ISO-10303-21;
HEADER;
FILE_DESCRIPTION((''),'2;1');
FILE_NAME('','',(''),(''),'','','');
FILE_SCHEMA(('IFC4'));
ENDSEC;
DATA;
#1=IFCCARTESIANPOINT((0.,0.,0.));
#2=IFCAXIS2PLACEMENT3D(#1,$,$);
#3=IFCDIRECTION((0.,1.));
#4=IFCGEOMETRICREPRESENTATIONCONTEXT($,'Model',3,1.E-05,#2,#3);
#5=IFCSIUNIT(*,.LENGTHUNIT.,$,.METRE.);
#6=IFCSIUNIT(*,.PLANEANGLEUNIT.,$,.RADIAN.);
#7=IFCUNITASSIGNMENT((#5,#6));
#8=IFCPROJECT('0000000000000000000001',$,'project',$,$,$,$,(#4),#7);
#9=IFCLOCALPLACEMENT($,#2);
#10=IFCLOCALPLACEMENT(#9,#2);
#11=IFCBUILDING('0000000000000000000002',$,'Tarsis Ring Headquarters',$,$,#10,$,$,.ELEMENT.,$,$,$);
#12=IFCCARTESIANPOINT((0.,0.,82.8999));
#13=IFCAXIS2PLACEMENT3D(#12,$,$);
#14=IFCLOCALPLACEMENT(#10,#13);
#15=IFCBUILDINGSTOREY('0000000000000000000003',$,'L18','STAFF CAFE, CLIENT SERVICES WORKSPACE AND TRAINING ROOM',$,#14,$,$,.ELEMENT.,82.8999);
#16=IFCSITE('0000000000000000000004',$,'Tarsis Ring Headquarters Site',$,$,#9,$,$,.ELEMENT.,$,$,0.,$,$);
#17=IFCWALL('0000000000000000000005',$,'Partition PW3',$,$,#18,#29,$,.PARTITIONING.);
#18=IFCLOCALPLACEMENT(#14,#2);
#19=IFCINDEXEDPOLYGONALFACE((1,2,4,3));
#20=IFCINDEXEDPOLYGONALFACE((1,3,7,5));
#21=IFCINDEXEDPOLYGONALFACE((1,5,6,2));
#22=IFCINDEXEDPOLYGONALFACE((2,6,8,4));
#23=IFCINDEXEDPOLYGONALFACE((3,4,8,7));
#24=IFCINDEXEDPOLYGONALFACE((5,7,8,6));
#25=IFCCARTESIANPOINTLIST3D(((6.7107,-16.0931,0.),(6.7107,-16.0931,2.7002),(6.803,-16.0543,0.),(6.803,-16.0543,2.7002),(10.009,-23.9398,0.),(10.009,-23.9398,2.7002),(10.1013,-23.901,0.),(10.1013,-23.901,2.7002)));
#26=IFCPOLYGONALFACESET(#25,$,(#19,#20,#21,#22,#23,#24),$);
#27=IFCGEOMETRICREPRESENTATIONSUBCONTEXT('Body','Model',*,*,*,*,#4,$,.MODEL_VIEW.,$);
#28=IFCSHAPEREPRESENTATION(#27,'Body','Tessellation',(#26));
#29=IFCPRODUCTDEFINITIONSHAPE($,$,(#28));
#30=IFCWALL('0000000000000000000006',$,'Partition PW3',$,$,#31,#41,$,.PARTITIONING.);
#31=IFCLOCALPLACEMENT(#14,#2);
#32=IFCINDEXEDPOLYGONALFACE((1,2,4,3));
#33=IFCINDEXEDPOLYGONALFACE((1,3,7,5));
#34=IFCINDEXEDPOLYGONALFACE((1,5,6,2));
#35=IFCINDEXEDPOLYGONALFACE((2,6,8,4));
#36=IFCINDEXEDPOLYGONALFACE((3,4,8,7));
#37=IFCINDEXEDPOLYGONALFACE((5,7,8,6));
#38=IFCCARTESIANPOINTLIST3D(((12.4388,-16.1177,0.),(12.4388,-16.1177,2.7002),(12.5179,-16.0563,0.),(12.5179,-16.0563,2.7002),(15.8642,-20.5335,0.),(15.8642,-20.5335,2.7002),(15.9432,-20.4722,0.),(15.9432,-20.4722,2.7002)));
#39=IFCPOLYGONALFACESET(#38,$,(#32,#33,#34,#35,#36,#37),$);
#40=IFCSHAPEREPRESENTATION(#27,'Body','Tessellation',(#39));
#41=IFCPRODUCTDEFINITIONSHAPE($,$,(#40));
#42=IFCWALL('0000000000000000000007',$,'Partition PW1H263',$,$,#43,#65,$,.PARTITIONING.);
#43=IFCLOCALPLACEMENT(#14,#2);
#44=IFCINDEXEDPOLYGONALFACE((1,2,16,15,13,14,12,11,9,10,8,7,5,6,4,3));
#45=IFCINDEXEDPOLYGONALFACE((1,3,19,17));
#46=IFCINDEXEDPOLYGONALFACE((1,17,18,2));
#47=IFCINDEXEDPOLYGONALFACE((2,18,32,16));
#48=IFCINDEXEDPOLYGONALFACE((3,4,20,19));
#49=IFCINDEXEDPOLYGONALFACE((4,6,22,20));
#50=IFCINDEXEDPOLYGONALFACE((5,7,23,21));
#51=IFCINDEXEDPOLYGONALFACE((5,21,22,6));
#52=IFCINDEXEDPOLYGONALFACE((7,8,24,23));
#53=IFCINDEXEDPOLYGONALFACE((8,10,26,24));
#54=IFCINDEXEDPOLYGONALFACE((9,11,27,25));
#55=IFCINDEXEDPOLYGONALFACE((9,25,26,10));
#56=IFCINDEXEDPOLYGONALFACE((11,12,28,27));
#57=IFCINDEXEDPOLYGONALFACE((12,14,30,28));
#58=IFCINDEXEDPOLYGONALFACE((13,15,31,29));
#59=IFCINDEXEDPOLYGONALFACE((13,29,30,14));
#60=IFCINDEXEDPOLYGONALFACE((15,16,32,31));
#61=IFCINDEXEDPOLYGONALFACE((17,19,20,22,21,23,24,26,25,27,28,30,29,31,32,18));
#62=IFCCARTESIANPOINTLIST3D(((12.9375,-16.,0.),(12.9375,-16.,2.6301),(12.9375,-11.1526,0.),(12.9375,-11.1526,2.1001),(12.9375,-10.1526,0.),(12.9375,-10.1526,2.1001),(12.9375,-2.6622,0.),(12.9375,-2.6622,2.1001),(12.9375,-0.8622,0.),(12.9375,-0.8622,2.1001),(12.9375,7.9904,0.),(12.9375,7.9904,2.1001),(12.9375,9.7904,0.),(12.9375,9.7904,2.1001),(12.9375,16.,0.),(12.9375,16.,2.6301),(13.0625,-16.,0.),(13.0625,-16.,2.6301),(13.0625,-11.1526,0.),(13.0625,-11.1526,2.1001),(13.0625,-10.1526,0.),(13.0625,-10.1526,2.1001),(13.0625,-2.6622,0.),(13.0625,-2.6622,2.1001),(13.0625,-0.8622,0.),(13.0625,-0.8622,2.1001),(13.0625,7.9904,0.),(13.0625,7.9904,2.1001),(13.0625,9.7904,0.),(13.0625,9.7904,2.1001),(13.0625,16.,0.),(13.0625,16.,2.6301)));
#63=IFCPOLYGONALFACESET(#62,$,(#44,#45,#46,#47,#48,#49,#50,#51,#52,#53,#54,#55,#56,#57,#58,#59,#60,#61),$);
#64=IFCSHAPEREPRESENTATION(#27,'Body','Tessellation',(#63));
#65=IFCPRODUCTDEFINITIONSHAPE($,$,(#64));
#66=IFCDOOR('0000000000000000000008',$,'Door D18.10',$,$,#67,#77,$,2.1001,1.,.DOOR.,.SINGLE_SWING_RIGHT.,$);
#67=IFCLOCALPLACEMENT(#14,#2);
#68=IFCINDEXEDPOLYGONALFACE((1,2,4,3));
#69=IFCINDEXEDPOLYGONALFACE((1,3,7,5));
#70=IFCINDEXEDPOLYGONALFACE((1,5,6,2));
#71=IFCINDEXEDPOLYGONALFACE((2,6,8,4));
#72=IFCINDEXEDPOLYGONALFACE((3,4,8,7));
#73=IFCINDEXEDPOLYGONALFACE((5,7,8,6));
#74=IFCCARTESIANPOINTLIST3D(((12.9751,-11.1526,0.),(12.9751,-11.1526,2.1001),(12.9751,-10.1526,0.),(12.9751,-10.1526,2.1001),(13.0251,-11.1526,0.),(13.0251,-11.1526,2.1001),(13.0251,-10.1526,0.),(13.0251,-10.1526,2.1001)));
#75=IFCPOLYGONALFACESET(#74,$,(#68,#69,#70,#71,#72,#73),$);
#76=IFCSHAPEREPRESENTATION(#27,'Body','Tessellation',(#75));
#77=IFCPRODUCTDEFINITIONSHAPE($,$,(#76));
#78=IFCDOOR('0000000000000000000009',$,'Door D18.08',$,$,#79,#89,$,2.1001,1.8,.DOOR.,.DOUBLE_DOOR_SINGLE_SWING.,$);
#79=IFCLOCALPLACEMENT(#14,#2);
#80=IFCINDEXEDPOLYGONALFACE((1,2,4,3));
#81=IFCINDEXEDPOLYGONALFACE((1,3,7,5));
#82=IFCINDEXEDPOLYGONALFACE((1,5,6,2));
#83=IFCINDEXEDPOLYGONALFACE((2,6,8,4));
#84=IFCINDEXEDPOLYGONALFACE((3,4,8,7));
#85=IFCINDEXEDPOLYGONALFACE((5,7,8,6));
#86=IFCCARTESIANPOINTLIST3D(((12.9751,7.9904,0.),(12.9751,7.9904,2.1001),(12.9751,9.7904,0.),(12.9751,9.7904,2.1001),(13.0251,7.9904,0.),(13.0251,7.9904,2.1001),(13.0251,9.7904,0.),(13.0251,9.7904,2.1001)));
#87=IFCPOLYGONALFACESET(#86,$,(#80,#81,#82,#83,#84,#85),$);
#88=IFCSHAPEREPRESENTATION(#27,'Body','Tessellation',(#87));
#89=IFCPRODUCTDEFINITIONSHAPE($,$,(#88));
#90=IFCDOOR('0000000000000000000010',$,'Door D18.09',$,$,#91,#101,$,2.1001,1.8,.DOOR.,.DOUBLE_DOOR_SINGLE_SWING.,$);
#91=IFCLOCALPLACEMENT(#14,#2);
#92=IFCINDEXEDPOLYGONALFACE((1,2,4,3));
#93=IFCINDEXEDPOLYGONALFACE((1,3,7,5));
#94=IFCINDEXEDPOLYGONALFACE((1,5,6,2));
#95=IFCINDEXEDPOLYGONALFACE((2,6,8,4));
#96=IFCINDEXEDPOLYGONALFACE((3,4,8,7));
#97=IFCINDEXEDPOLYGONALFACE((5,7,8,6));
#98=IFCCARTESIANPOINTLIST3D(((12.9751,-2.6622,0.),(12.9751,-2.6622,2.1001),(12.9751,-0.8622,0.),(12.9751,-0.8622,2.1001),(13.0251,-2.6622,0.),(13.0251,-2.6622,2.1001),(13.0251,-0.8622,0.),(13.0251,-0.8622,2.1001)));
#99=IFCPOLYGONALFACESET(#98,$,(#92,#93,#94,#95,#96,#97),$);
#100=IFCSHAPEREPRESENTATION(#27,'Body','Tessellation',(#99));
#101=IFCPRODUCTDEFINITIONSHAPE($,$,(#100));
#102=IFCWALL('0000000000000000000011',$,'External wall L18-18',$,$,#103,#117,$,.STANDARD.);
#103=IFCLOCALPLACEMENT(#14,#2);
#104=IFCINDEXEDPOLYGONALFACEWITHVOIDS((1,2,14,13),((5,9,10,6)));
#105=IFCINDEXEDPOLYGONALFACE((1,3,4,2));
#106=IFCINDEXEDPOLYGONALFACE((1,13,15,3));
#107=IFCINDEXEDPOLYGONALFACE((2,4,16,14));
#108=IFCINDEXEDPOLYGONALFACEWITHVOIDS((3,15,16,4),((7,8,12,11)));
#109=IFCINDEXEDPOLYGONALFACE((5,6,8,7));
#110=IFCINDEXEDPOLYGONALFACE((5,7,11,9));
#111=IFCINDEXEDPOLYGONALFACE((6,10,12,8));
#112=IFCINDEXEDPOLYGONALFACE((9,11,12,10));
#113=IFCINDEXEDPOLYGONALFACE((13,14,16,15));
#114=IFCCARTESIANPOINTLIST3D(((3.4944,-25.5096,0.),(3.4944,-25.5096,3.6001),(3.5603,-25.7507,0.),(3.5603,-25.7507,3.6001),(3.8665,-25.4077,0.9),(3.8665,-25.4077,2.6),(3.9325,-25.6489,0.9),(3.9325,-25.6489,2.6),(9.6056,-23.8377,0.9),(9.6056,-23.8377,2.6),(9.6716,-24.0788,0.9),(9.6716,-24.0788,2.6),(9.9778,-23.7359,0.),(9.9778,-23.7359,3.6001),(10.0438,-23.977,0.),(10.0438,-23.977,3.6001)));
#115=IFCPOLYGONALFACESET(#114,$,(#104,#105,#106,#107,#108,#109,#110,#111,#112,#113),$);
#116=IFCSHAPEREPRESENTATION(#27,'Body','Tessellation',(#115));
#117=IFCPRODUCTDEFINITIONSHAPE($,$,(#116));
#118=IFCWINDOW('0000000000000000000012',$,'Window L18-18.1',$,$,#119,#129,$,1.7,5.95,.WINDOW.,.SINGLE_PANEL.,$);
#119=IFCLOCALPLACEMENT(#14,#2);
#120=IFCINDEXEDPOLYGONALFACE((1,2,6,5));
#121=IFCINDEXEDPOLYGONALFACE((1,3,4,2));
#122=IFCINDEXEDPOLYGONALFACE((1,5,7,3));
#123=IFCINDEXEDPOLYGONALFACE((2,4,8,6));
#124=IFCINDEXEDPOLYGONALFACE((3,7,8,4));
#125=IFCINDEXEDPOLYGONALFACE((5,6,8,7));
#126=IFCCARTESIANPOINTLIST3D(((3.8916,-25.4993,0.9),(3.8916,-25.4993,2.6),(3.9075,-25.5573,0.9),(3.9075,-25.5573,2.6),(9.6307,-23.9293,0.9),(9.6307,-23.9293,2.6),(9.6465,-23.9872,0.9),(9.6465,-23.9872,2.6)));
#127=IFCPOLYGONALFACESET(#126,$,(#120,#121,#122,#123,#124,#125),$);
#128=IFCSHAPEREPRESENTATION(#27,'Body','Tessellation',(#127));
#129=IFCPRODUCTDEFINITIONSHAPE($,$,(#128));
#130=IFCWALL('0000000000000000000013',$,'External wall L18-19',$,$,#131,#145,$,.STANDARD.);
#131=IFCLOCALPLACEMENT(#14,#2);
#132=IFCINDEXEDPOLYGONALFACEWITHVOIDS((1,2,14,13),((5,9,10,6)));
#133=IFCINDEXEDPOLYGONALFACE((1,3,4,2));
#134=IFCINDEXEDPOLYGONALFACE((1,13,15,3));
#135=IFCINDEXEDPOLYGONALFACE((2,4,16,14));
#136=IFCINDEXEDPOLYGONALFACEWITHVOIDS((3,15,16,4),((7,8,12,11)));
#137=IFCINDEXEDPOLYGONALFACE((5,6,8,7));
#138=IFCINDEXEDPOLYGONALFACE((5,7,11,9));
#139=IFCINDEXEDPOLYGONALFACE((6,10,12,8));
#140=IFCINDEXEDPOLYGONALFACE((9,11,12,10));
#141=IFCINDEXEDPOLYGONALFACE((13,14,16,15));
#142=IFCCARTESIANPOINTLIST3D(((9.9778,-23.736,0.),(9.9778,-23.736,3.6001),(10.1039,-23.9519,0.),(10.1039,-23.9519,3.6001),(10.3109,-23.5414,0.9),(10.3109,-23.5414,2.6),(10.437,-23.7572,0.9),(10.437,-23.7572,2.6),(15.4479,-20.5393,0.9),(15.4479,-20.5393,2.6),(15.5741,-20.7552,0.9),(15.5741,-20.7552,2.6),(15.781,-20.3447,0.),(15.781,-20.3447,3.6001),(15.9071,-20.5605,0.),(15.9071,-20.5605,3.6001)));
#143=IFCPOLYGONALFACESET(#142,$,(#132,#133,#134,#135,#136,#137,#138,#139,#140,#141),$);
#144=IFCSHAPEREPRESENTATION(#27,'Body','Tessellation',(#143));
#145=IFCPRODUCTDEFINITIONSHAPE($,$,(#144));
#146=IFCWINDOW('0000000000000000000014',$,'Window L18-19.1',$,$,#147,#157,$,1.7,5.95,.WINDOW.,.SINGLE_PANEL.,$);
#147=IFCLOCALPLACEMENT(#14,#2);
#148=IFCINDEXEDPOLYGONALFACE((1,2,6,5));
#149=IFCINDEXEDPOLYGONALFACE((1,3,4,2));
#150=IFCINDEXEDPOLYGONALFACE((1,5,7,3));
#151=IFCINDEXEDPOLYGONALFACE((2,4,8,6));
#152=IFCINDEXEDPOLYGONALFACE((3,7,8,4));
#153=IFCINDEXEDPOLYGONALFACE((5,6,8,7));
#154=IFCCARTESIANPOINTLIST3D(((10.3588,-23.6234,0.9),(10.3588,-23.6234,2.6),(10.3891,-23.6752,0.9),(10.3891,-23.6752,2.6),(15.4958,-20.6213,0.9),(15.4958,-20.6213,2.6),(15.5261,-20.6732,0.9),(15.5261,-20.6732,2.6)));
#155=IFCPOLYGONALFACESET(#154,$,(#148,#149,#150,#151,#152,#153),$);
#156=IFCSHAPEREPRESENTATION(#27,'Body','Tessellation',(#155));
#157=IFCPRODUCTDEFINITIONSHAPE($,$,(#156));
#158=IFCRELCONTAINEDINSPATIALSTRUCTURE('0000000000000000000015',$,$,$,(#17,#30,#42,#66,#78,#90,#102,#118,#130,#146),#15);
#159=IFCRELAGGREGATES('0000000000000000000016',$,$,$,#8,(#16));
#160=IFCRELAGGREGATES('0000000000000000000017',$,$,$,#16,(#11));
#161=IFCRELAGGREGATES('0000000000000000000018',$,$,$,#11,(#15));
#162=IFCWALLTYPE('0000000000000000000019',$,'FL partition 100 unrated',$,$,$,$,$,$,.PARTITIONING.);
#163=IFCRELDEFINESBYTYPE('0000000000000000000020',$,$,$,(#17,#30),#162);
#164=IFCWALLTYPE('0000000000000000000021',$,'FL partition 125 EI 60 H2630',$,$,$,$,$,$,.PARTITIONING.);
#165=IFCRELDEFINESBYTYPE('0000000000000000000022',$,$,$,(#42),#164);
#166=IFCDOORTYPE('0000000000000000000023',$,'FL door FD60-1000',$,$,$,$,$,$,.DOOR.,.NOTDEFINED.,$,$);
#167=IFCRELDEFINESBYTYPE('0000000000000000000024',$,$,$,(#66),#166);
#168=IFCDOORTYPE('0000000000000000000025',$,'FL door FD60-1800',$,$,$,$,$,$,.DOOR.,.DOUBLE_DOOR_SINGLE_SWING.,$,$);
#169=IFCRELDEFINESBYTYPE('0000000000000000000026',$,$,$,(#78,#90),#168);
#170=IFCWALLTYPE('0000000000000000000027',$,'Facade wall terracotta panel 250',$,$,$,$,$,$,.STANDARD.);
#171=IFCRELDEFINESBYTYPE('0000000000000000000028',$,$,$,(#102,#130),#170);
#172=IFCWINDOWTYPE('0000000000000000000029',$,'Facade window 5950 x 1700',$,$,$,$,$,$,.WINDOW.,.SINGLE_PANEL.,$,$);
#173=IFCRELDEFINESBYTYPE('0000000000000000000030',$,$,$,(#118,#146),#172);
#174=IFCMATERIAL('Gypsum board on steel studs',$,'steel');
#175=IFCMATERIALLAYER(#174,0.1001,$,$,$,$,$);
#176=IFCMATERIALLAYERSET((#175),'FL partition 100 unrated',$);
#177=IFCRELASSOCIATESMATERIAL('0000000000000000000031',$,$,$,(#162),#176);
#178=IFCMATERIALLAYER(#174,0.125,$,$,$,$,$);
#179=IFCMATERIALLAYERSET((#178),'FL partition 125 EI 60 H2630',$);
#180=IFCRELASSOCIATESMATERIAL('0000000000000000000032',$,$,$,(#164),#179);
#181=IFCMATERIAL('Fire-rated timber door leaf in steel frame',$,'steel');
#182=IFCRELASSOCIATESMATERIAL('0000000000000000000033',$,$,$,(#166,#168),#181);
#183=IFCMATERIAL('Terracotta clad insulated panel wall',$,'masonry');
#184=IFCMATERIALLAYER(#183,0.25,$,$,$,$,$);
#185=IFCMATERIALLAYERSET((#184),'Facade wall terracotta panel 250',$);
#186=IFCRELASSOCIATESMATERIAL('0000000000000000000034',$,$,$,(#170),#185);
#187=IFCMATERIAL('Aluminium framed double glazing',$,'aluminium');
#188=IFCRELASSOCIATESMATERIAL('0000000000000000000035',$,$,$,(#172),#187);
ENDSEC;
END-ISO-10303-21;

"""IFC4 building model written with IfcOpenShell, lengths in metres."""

from ifc_helpers import new_model, si_unit, direction, frame, frame_2d, origin, place, context, subcontext, project, spatial, rectangle, extrude, material, layer, layer_set, type_object, element, fill, save


model = new_model("IFC4")

# Units and contexts
model_context = context("Model", 3, precision=1e-05, world=origin(), true_north=direction((0.0, 1.0)))
body_context = subcontext(model_context, "Body", "Model", "MODEL_VIEW")
ifc_project = project(units=[si_unit("LENGTHUNIT", "METRE"), si_unit("PLANEANGLEUNIT", "RADIAN")], contexts=[model_context])

# Site, building, storey
site_placement = place(None, origin())
site = spatial("IfcSite", under=ifc_project, at=site_placement, Name="Tarsis Ring Headquarters Site", CompositionType="ELEMENT", RefElevation=0.0)
building_placement = place(site_placement, origin())
building = spatial("IfcBuilding", under=site, at=building_placement, Name="Tarsis Ring Headquarters", CompositionType="ELEMENT")
storey_placement = place(building_placement, frame((0.0, 0.0, 82.8999)))
storey = spatial("IfcBuildingStorey", under=building, at=storey_placement, Name="L18", Description="STAFF CAFE, CLIENT SERVICES WORKSPACE AND TRAINING ROOM", CompositionType="ELEMENT", Elevation=82.8999)

# Walls
ifc_material_1 = material(Name="Gypsum board on steel studs", Category="steel")
ifc_layer_1 = layer(ifc_material_1, 0.1001)
ifc_layer_set_1 = layer_set([ifc_layer_1], Name="FL partition 100 unrated")
wall_type_1 = type_object("IfcWallType", Name="FL partition 100 unrated", PredefinedType="PARTITIONING", material=ifc_layer_set_1)
wall_1_placement = place(storey_placement, frame((6.7568, -16.0737, 0.0), z_axis=(0.0, 0.0, 1.0), x_axis=(0.387506, -0.921867, 0.0)))
element("IfcWall", 1, at=wall_1_placement, inside=storey, type_object=wall_type_1, Name="Partition PW3", PredefinedType="PARTITIONING", context=body_context, shape_type="SweptSolid", body=[
    extrude(rectangle(XDim=8.5117, YDim=0.1001, at=frame_2d((4.2559, 0.0))), origin(), (0.0, 0.0, 1.0), 2.7002),
])
wall_2_placement = place(storey_placement, frame((12.4783, -16.0869, 0.0), z_axis=(0.0, 0.0, 1.0), x_axis=(0.612915, -0.790149, 0.0)))
element("IfcWall", 2, at=wall_2_placement, inside=storey, type_object=wall_type_1, Name="Partition PW3", PredefinedType="PARTITIONING", context=body_context, shape_type="SweptSolid", body=[
    extrude(rectangle(XDim=5.5886, YDim=0.1001, at=frame_2d((2.7944, 0.0))), origin(), (0.0, 0.0, 1.0), 2.7002),
])

# Wall, openings, doors
ifc_layer_2 = layer(ifc_material_1, 0.125)
ifc_layer_set_2 = layer_set([ifc_layer_2], Name="FL partition 125 EI 60 H2630")
wall_type_2 = type_object("IfcWallType", Name="FL partition 125 EI 60 H2630", PredefinedType="PARTITIONING", material=ifc_layer_set_2)
wall_3_placement = place(storey_placement, frame((13.0, -16.0, 0.0), z_axis=(0.0, 0.0, 1.0), x_axis=(0.0, 1.0, 0.0)))
wall_3 = element("IfcWall", 3, at=wall_3_placement, inside=storey, type_object=wall_type_2, Name="Partition PW1H263", PredefinedType="PARTITIONING", context=body_context, shape_type="SweptSolid", body=[
    extrude(rectangle(XDim=32.0, YDim=0.125, at=frame_2d((16.0, 0.0))), origin(), (0.0, 0.0, 1.0), 2.6301),
])
opening_1_placement = place(wall_3_placement, frame((23.9905, 0.0, 0.0)))
opening_1 = element("IfcOpeningElement", 4, at=opening_1_placement, cuts=wall_3, PredefinedType="OPENING", context=body_context, shape_type="SweptSolid", body=[
    extrude(rectangle(XDim=1.8, YDim=2.1001, at=frame_2d((0.8999, 1.05))), frame((0.0, 0.0725, 0.0), z_axis=(0.0, -1.0, 0.0), x_axis=(1.0, 0.0, 0.0)), (0.0, 0.0, 1.0), 0.145),
])
opening_2_placement = place(wall_3_placement, frame((13.3379, 0.0, 0.0)))
opening_2 = element("IfcOpeningElement", 5, at=opening_2_placement, cuts=wall_3, PredefinedType="OPENING", context=body_context, shape_type="SweptSolid", body=[
    extrude(rectangle(XDim=1.8, YDim=2.1001, at=frame_2d((0.8999, 1.05))), frame((0.0, 0.0725, 0.0), z_axis=(0.0, -1.0, 0.0), x_axis=(1.0, 0.0, 0.0)), (0.0, 0.0, 1.0), 0.145),
])
opening_3_placement = place(wall_3_placement, frame((4.8474, 0.0, 0.0)))
opening_3 = element("IfcOpeningElement", 6, at=opening_3_placement, cuts=wall_3, PredefinedType="OPENING", context=body_context, shape_type="SweptSolid", body=[
    extrude(rectangle(XDim=1.0, YDim=2.1001, at=frame_2d((0.5, 1.05))), frame((0.0, 0.0725, 0.0), z_axis=(0.0, -1.0, 0.0), x_axis=(1.0, 0.0, 0.0)), (0.0, 0.0, 1.0), 0.145),
])
ifc_material_2 = material(Name="Fire-rated timber door leaf in steel frame", Category="steel")
door_type_1 = type_object("IfcDoorType", Name="FL door FD60-1000", OperationType="NOTDEFINED", PredefinedType="DOOR", material=ifc_material_2)
door_1_placement = place(opening_3_placement, origin())
door_1 = element("IfcDoor", 7, at=door_1_placement, inside=storey, type_object=door_type_1, Name="Door D18.10", OperationType="SINGLE_SWING_RIGHT", OverallHeight=2.1001, OverallWidth=1.0, PredefinedType="DOOR", context=body_context, shape_type="SweptSolid", body=[
    extrude(rectangle(XDim=1.0, YDim=2.1001, at=frame_2d((0.5, 1.05))), frame((0.0, 0.0249, 0.0), z_axis=(0.0, -1.0, 0.0), x_axis=(1.0, 0.0, 0.0)), (0.0, 0.0, 1.0), 0.05),
])
fill(opening_3, door_1)
door_type_2 = type_object("IfcDoorType", Name="FL door FD60-1800", OperationType="DOUBLE_DOOR_SINGLE_SWING", PredefinedType="DOOR", material=ifc_material_2)
door_2_placement = place(opening_1_placement, origin())
door_2 = element("IfcDoor", 8, at=door_2_placement, inside=storey, type_object=door_type_2, Name="Door D18.08", OperationType="DOUBLE_DOOR_SINGLE_SWING", OverallHeight=2.1001, OverallWidth=1.8, PredefinedType="DOOR", context=body_context, shape_type="SweptSolid", body=[
    extrude(rectangle(XDim=1.8, YDim=2.1001, at=frame_2d((0.8999, 1.05))), frame((0.0, 0.0249, 0.0), z_axis=(0.0, -1.0, 0.0), x_axis=(1.0, 0.0, 0.0)), (0.0, 0.0, 1.0), 0.05),
])
fill(opening_1, door_2)
door_3_placement = place(opening_2_placement, origin())
door_3 = element("IfcDoor", 9, at=door_3_placement, inside=storey, type_object=door_type_2, Name="Door D18.09", OperationType="DOUBLE_DOOR_SINGLE_SWING", OverallHeight=2.1001, OverallWidth=1.8, PredefinedType="DOOR", context=body_context, shape_type="SweptSolid", body=[
    extrude(rectangle(XDim=1.8, YDim=2.1001, at=frame_2d((0.8999, 1.05))), frame((0.0, 0.0249, 0.0), z_axis=(0.0, -1.0, 0.0), x_axis=(1.0, 0.0, 0.0)), (0.0, 0.0, 1.0), 0.05),
])
fill(opening_2, door_3)

# Walls, openings, windows
ifc_material_3 = material(Name="Terracotta clad insulated panel wall", Category="masonry")
ifc_layer_3 = layer(ifc_material_3, 0.25)
ifc_layer_set_3 = layer_set([ifc_layer_3], Name="Facade wall terracotta panel 250")
wall_type_3 = type_object("IfcWallType", Name="Facade wall terracotta panel 250", PredefinedType="STANDARD", material=ifc_layer_set_3)
wall_4_placement = place(storey_placement, frame((3.5273, -25.6301, 0.0), z_axis=(0.0, 0.0, 1.0), x_axis=(0.964556, 0.263876, 0.0)))
wall_4 = element("IfcWall", 10, at=wall_4_placement, inside=storey, type_object=wall_type_3, Name="External wall L18-18", PredefinedType="STANDARD", context=body_context, shape_type="SweptSolid", body=[
    extrude(rectangle(XDim=6.7217, YDim=0.25, at=frame_2d((3.3608, 0.0))), origin(), (0.0, 0.0, 1.0), 3.6001),
])
opening_4_placement = place(wall_4_placement, frame((0.3857, 0.0, 0.8999)))
opening_4 = element("IfcOpeningElement", 11, at=opening_4_placement, cuts=wall_4, PredefinedType="OPENING", context=body_context, shape_type="SweptSolid", body=[
    extrude(rectangle(XDim=5.95, YDim=1.7, at=frame_2d((2.9751, 0.8501))), frame((0.0, 0.135, 0.0), z_axis=(0.0, -1.0, 0.0), x_axis=(1.0, 0.0, 0.0)), (0.0, 0.0, 1.0), 0.27),
])
ifc_material_4 = material(Name="Aluminium framed double glazing", Category="aluminium")
window_type = type_object("IfcWindowType", Name="Facade window 5950 x 1700", PartitioningType="SINGLE_PANEL", PredefinedType="WINDOW", material=ifc_material_4)
window_1_placement = place(opening_4_placement, origin())
window_1 = element("IfcWindow", 12, at=window_1_placement, inside=storey, type_object=window_type, Name="Window L18-18.1", OverallHeight=1.7, OverallWidth=5.95, PartitioningType="SINGLE_PANEL", PredefinedType="WINDOW", context=body_context, shape_type="SweptSolid", body=[
    extrude(rectangle(XDim=5.95, YDim=1.7, at=frame_2d((2.9751, 0.8501))), frame((0.0, 0.03, 0.0), z_axis=(0.0, -1.0, 0.0), x_axis=(1.0, 0.0, 0.0)), (0.0, 0.0, 1.0), 0.0601),
])
fill(opening_4, window_1)
wall_5_placement = place(storey_placement, frame((10.0408, -23.844, 0.0), z_axis=(0.0, 0.0, 1.0), x_axis=(0.863381, 0.504553, 0.0)))
wall_5 = element("IfcWall", 13, at=wall_5_placement, inside=storey, type_object=wall_type_3, Name="External wall L18-19", PredefinedType="STANDARD", context=body_context, shape_type="SweptSolid", body=[
    extrude(rectangle(XDim=6.7214, YDim=0.25, at=frame_2d((3.3608, 0.0))), origin(), (0.0, 0.0, 1.0), 3.6001),
])
opening_5_placement = place(wall_5_placement, frame((0.3857, 0.0, 0.8999)))
opening_5 = element("IfcOpeningElement", 14, at=opening_5_placement, cuts=wall_5, PredefinedType="OPENING", context=body_context, shape_type="SweptSolid", body=[
    extrude(rectangle(XDim=5.95, YDim=1.7, at=frame_2d((2.9751, 0.8501))), frame((0.0, 0.135, 0.0), z_axis=(0.0, -1.0, 0.0), x_axis=(1.0, 0.0, 0.0)), (0.0, 0.0, 1.0), 0.27),
])
window_2_placement = place(opening_5_placement, origin())
window_2 = element("IfcWindow", 15, at=window_2_placement, inside=storey, type_object=window_type, Name="Window L18-19.1", OverallHeight=1.7, OverallWidth=5.95, PartitioningType="SINGLE_PANEL", PredefinedType="WINDOW", context=body_context, shape_type="SweptSolid", body=[
    extrude(rectangle(XDim=5.95, YDim=1.7, at=frame_2d((2.9751, 0.8501))), frame((0.0, 0.03, 0.0), z_axis=(0.0, -1.0, 0.0), x_axis=(1.0, 0.0, 0.0)), (0.0, 0.0, 1.0), 0.0601),
])
fill(opening_5, window_2)

save(model, "model.ifc")
